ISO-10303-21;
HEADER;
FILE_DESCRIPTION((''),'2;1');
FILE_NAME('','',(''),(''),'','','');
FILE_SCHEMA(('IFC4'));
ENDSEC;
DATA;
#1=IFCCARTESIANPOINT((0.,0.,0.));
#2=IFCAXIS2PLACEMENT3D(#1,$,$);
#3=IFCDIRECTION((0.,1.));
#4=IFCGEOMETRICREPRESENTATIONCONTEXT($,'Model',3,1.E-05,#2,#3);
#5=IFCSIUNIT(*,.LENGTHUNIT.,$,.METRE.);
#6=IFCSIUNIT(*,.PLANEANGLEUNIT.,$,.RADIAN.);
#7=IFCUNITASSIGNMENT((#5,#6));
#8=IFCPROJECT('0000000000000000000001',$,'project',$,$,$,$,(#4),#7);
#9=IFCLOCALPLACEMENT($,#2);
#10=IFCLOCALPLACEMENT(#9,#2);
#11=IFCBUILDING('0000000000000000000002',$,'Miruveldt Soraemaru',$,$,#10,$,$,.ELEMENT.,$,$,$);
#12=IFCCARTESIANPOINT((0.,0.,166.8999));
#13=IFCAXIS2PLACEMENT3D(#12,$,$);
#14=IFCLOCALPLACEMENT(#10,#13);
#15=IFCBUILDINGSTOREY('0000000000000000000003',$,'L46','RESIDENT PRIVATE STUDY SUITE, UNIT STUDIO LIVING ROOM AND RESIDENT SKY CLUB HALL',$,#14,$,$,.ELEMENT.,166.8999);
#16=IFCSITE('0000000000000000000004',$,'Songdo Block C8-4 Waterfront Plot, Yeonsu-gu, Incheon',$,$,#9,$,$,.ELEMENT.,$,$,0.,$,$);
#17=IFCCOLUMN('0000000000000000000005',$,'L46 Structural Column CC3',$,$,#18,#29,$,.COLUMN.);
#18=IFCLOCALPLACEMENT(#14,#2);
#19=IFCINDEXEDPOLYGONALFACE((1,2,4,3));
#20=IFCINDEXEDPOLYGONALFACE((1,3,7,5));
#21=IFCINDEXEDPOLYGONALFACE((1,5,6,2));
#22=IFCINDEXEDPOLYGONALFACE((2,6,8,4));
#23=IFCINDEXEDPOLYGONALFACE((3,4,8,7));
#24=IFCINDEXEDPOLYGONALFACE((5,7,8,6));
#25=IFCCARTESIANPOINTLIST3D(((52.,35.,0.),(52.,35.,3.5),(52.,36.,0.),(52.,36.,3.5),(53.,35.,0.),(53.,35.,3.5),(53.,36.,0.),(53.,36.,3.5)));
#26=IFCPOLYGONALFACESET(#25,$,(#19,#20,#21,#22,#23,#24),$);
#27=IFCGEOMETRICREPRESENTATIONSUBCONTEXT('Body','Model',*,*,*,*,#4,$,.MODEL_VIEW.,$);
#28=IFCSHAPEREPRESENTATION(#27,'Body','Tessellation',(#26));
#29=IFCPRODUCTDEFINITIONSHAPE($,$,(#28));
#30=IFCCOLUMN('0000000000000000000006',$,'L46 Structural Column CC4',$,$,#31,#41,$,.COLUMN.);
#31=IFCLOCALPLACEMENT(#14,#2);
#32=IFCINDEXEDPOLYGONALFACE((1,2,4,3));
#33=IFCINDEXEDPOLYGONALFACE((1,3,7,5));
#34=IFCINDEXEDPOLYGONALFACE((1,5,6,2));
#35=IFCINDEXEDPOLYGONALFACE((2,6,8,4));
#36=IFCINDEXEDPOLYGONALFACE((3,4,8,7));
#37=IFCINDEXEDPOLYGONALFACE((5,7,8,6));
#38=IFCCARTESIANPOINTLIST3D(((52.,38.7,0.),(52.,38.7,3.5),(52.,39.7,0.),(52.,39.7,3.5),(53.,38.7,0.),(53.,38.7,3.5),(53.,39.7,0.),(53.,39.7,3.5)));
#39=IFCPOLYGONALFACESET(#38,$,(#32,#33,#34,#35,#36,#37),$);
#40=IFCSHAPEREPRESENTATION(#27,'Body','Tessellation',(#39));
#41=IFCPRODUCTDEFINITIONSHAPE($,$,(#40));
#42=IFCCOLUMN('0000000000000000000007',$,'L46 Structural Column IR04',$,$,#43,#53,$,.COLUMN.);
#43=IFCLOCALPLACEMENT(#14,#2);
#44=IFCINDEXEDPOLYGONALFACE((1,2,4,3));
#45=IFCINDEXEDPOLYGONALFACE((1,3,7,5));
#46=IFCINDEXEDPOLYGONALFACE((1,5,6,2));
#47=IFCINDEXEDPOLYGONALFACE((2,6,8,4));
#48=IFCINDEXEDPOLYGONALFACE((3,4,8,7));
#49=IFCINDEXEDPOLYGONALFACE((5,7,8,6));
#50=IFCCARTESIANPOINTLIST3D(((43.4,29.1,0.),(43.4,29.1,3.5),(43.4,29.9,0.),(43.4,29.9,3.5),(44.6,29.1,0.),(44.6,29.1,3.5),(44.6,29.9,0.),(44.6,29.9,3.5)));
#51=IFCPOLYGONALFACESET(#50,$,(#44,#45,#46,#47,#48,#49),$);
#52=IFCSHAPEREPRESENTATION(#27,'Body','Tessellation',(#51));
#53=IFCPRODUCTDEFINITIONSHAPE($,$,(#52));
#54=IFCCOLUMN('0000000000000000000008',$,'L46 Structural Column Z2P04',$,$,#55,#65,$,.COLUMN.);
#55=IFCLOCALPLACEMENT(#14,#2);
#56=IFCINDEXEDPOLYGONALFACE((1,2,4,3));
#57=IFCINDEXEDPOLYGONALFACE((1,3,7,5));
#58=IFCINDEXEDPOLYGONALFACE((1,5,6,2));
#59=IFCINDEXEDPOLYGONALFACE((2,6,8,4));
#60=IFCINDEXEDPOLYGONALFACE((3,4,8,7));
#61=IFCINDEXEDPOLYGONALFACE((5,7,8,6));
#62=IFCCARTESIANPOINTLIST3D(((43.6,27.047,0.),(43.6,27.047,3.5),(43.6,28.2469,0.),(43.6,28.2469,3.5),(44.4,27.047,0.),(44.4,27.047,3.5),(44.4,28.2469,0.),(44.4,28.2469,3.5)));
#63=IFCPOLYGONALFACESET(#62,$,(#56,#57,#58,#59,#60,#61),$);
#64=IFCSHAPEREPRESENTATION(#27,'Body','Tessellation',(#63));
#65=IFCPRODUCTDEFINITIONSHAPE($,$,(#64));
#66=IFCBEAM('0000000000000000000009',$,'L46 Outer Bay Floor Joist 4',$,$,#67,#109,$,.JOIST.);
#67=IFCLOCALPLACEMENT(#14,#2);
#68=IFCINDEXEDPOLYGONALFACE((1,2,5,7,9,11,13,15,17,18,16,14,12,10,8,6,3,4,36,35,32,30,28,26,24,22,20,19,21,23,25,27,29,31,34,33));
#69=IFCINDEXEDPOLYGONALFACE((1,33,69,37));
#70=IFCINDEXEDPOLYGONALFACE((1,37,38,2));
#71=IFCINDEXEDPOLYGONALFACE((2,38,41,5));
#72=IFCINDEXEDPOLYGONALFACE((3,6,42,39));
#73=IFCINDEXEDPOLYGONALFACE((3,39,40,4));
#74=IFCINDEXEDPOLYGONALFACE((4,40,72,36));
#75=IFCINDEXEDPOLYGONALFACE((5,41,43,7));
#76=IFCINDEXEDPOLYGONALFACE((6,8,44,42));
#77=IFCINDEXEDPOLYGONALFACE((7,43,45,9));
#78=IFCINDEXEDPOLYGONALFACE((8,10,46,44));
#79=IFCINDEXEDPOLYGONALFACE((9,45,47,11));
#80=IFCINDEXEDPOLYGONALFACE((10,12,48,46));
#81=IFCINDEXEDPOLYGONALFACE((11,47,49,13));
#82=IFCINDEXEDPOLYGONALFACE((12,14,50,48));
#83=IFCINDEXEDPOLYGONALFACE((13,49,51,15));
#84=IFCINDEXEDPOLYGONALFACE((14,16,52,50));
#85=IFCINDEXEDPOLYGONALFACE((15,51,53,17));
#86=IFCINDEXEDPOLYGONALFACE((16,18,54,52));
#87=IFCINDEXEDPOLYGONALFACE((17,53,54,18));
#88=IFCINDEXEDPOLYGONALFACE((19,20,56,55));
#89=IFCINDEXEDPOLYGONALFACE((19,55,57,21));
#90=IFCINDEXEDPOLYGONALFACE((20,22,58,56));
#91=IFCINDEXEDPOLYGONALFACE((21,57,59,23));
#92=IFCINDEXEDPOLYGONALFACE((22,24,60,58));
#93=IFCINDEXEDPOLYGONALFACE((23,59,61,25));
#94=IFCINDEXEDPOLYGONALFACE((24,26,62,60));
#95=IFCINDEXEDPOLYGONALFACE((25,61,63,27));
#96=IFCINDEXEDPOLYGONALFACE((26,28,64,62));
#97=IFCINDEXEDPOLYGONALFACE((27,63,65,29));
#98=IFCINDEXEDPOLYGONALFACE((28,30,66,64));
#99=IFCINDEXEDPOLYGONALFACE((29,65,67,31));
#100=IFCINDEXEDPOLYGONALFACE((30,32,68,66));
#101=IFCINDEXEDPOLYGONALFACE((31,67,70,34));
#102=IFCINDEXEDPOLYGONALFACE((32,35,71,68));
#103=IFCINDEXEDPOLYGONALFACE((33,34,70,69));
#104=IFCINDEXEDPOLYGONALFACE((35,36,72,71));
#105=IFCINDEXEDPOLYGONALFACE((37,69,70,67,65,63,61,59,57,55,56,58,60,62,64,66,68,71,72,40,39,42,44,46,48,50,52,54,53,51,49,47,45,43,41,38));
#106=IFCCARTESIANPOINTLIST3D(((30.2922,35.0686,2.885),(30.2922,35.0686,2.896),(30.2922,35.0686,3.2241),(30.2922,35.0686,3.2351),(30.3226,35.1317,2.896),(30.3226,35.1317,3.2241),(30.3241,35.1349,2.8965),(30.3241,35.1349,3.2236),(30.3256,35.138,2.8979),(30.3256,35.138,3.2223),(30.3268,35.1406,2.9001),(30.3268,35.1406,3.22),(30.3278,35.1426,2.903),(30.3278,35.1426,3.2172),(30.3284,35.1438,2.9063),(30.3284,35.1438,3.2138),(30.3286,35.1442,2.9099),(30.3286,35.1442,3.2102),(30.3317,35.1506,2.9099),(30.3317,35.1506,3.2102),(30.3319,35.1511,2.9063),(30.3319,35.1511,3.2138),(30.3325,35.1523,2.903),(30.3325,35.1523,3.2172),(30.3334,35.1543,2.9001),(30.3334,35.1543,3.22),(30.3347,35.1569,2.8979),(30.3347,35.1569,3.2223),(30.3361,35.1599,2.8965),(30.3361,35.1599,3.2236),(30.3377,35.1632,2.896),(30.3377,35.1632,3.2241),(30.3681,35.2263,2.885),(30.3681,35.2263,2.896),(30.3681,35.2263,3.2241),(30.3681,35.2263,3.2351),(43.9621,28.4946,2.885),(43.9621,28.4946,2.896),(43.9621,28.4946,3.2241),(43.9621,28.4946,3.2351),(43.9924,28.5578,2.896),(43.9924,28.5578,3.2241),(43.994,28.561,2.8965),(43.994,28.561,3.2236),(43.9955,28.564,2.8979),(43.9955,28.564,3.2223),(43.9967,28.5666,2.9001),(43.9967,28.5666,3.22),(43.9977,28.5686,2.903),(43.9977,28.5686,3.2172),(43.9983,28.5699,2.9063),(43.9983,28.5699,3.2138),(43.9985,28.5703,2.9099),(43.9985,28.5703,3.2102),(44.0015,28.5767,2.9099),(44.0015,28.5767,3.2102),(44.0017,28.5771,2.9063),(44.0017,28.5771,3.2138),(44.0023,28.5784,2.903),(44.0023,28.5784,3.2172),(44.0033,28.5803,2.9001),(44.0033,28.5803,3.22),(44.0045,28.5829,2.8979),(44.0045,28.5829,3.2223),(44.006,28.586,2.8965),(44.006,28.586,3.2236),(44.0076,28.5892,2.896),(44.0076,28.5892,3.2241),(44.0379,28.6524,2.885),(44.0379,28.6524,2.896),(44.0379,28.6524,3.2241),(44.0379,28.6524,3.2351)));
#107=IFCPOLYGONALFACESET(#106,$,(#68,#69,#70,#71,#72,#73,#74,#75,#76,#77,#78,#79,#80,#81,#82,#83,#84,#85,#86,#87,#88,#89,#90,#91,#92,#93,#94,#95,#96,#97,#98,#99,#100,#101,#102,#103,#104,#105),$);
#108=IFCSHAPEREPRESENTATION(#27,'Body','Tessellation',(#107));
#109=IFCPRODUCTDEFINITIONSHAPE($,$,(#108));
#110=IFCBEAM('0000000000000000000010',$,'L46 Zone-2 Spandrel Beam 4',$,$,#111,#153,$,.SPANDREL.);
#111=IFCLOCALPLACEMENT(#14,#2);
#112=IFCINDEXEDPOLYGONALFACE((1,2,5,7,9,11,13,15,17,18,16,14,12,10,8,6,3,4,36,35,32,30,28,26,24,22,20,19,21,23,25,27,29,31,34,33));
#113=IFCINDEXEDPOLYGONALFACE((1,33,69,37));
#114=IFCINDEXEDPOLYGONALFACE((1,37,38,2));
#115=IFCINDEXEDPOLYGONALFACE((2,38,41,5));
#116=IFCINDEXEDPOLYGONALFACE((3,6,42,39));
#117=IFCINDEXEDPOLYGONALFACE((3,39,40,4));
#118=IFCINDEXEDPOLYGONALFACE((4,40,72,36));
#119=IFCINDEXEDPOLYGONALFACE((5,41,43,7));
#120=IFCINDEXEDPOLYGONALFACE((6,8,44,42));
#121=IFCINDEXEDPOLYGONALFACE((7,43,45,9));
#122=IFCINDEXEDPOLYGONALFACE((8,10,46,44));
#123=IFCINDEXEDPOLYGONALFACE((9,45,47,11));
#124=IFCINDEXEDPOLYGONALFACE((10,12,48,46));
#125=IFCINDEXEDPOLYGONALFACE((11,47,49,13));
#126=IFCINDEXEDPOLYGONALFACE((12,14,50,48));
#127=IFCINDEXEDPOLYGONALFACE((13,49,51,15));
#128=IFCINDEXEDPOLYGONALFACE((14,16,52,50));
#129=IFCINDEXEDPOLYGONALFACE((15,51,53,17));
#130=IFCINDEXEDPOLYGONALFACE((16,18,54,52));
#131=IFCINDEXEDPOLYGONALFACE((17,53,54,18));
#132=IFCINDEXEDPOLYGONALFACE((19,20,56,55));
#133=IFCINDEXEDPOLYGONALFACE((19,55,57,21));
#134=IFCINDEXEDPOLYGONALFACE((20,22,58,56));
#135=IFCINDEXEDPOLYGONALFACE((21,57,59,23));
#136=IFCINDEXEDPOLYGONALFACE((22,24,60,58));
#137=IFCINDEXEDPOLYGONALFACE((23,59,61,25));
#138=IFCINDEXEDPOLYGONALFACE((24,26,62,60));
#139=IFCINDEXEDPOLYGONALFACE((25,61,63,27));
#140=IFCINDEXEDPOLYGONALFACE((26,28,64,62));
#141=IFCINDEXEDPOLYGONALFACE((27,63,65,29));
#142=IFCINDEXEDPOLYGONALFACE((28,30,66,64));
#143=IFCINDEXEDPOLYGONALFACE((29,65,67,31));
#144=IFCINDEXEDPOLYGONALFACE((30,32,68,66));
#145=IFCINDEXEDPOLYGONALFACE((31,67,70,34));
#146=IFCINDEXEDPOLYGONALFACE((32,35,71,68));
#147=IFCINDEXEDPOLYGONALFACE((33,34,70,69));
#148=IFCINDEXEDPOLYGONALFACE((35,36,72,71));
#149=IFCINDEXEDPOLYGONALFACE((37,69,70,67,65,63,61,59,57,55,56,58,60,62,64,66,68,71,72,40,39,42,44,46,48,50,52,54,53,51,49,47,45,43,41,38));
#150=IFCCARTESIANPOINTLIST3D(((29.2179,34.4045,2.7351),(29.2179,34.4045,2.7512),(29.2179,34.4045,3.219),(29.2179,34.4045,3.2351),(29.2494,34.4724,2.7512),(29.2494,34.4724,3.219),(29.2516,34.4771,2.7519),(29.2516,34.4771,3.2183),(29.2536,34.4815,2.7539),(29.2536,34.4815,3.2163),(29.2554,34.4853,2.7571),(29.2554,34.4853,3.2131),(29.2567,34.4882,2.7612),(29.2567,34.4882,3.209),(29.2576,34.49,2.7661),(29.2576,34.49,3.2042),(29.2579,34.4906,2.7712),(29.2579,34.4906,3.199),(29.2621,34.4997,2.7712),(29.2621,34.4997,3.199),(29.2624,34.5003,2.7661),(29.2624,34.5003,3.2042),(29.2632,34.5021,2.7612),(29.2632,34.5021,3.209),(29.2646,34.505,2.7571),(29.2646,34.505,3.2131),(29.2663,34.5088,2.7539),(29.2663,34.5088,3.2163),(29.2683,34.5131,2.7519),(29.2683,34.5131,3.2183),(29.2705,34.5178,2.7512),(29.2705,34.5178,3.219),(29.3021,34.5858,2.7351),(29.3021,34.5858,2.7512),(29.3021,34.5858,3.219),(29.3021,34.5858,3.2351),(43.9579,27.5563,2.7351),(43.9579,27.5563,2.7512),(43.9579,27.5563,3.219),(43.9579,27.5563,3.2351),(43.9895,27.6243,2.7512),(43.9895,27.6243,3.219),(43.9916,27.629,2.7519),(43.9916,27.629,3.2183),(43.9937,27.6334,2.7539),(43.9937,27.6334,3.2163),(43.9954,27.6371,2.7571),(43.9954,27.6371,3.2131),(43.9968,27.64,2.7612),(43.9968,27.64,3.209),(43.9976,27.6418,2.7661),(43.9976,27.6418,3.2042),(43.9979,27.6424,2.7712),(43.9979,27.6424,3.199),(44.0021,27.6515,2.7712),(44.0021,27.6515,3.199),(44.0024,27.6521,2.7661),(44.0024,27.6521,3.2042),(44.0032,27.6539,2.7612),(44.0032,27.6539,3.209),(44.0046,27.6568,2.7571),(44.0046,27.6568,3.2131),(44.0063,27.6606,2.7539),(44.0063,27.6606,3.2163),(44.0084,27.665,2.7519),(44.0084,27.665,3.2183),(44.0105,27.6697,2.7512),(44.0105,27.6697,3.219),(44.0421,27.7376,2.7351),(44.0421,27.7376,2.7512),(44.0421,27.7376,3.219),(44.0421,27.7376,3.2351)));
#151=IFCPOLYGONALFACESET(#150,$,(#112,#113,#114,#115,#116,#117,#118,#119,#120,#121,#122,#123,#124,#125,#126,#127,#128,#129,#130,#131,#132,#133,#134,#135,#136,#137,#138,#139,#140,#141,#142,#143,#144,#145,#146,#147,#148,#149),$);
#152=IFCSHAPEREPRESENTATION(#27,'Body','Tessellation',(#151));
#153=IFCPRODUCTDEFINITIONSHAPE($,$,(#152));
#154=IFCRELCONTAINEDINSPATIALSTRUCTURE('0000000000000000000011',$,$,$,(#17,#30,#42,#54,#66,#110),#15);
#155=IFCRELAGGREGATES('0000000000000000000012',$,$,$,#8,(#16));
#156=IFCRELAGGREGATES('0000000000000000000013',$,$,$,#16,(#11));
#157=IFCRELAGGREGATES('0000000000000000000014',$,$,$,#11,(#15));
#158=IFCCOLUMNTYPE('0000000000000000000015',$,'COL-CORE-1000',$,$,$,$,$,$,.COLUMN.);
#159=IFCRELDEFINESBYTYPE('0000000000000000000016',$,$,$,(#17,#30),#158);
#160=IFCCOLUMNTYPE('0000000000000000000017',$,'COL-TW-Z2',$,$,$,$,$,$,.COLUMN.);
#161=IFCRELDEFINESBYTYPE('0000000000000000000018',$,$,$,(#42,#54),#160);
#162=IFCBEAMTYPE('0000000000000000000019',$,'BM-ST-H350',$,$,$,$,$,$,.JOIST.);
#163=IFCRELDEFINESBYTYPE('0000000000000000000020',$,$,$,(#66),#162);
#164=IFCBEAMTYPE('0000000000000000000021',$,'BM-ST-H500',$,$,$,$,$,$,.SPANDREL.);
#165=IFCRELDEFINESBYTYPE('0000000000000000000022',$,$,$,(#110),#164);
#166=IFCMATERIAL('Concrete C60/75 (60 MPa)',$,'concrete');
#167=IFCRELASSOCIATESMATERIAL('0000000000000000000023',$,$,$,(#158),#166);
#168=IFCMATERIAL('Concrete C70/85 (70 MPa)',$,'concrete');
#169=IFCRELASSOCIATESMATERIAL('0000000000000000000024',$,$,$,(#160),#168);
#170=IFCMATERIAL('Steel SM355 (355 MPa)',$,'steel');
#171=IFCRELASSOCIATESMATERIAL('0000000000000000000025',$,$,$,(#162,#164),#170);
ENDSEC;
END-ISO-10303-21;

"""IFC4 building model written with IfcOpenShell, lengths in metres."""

from ifc_helpers import new_model, si_unit, direction, frame, origin, origin_2d, place, context, subcontext, project, spatial, rectangle, i_section, extrude, material, material_profile, profile_set, type_object, element, save


model = new_model("IFC4")

# Units and contexts
model_context = context("Model", 3, precision=1e-05, world=origin(), true_north=direction((0.0, 1.0)))
body_context = subcontext(model_context, "Body", "Model", "MODEL_VIEW")
ifc_project = project(units=[si_unit("LENGTHUNIT", "METRE"), si_unit("PLANEANGLEUNIT", "RADIAN")], contexts=[model_context])

# Site, building, storey
site_placement = place(None, origin())
site = spatial("IfcSite", under=ifc_project, at=site_placement, Name="Songdo Block C8-4 Waterfront Plot, Yeonsu-gu, Incheon", CompositionType="ELEMENT", RefElevation=0.0)
building_placement = place(site_placement, origin())
building = spatial("IfcBuilding", under=site, at=building_placement, Name="Miruveldt Soraemaru", CompositionType="ELEMENT")
storey_placement = place(building_placement, frame((0.0, 0.0, 166.8999)))
storey = spatial("IfcBuildingStorey", under=building, at=storey_placement, Name="L46", Description="RESIDENT PRIVATE STUDY SUITE, UNIT STUDIO LIVING ROOM AND RESIDENT SKY CLUB HALL", CompositionType="ELEMENT", Elevation=166.8999)

# Columns
ifc_material_1 = material(Name="Concrete C60/75 (60 MPa)", Category="concrete")
ifc_material_profile_1 = material_profile(ifc_material_1, rectangle(XDim=1.0, YDim=1.0, at=origin_2d()), Name="Concrete C60/75 (60 MPa)", Category="concrete")
ifc_profile_set_1 = profile_set([ifc_material_profile_1], Name="Concrete C60/75 (60 MPa)")
column_type_1 = type_object("IfcColumnType", Name="COL-CORE-1000", PredefinedType="COLUMN", material=ifc_profile_set_1)
for number, where, z_axis, x_axis, name in (
    (1, (52.5, 35.5, 0.0), (0.0, 0.0, 1.0), (1.0, 0.0, 0.0), "L46 Structural Column CC3"),
    (2, (52.5, 39.2, 0.0), (0.0, 0.0, 1.0), (1.0, 0.0, 0.0), "L46 Structural Column CC4"),
):
    element("IfcColumn", number, at=place(storey_placement, frame(where, z_axis=z_axis, x_axis=x_axis)), inside=storey, type_object=column_type_1, Name=name, PredefinedType="COLUMN", context=body_context, shape_type="SweptSolid", body=[
        extrude(rectangle(XDim=1.0, YDim=1.0, at=origin_2d()), origin(), (0.0, 0.0, 1.0), 3.5),
    ])
ifc_material_2 = material(Name="Concrete C70/85 (70 MPa)", Category="concrete")
ifc_material_profile_2 = material_profile(ifc_material_2, rectangle(XDim=1.2, YDim=0.8, at=origin_2d()), Name="Concrete C70/85 (70 MPa)", Category="concrete")
ifc_profile_set_2 = profile_set([ifc_material_profile_2], Name="Concrete C70/85 (70 MPa)")
column_type_2 = type_object("IfcColumnType", Name="COL-TW-Z2", PredefinedType="COLUMN", material=ifc_profile_set_2)
for number, where, z_axis, x_axis, name in (
    (3, (44.0, 29.5, 0.0), (0.0, 0.0, 1.0), (1.0, 0.0, 0.0), "L46 Structural Column IR04"),
    (4, (44.0, 27.647, 0.0), (0.0, 0.0, 1.0), (0.0, 1.0, 0.0), "L46 Structural Column Z2P04"),
):
    element("IfcColumn", number, at=place(storey_placement, frame(where, z_axis=z_axis, x_axis=x_axis)), inside=storey, type_object=column_type_2, Name=name, PredefinedType="COLUMN", context=body_context, shape_type="SweptSolid", body=[
        extrude(rectangle(XDim=1.2, YDim=0.8, at=origin_2d()), origin(), (0.0, 0.0, 1.0), 3.5),
    ])

# Beams
ifc_material_3 = material(Name="Steel SM355 (355 MPa)", Category="steel")
ifc_material_profile_3 = material_profile(ifc_material_3, i_section(OverallWidth=0.175, OverallDepth=0.3501, WebThickness=0.0071, FlangeThickness=0.011, FilletRadius=0.0139, at=origin_2d()), Name="Steel SM355 (355 MPa)", Category="steel")
ifc_profile_set_3 = profile_set([ifc_material_profile_3], Name="Steel SM355 (355 MPa)")
beam_type_1 = type_object("IfcBeamType", Name="BM-ST-H350", PredefinedType="JOIST", material=ifc_profile_set_3)
beam_1_placement = place(storey_placement, frame((44.0, 28.5735, 3.0601), z_axis=(-0.901204, 0.433396, 0.0), x_axis=(-0.433396, -0.901204, 0.0)))
element("IfcBeam", 5, at=beam_1_placement, inside=storey, type_object=beam_type_1, Name="L46 Outer Bay Floor Joist 4", PredefinedType="JOIST", context=body_context, shape_type="SweptSolid", body=[
    extrude(i_section(OverallWidth=0.175, OverallDepth=0.3501, WebThickness=0.0071, FlangeThickness=0.011, FilletRadius=0.0139, at=origin_2d()), origin(), (0.0, 0.0, 1.0), 15.1685),
])
ifc_material_profile_4 = material_profile(ifc_material_3, i_section(OverallWidth=0.2, OverallDepth=0.5, WebThickness=0.01, FlangeThickness=0.0161, FilletRadius=0.02, at=origin_2d()), Name="Steel SM355 (355 MPa)", Category="steel")
ifc_profile_set_4 = profile_set([ifc_material_profile_4], Name="Steel SM355 (355 MPa)")
beam_type_2 = type_object("IfcBeamType", Name="BM-ST-H500", PredefinedType="SPANDREL", material=ifc_profile_set_4)
beam_2_placement = place(storey_placement, frame((44.0, 27.647, 2.9851), z_axis=(-0.906901, 0.421343, 0.0), x_axis=(-0.421343, -0.906901, 0.0)))
element("IfcBeam", 6, at=beam_2_placement, inside=storey, type_object=beam_type_2, Name="L46 Zone-2 Spandrel Beam 4", PredefinedType="SPANDREL", context=body_context, shape_type="SweptSolid", body=[
    extrude(i_section(OverallWidth=0.2, OverallDepth=0.5, WebThickness=0.01, FlangeThickness=0.0161, FilletRadius=0.02, at=origin_2d()), origin(), (0.0, 0.0, 1.0), 16.2532),
])

save(model, "model.ifc")
